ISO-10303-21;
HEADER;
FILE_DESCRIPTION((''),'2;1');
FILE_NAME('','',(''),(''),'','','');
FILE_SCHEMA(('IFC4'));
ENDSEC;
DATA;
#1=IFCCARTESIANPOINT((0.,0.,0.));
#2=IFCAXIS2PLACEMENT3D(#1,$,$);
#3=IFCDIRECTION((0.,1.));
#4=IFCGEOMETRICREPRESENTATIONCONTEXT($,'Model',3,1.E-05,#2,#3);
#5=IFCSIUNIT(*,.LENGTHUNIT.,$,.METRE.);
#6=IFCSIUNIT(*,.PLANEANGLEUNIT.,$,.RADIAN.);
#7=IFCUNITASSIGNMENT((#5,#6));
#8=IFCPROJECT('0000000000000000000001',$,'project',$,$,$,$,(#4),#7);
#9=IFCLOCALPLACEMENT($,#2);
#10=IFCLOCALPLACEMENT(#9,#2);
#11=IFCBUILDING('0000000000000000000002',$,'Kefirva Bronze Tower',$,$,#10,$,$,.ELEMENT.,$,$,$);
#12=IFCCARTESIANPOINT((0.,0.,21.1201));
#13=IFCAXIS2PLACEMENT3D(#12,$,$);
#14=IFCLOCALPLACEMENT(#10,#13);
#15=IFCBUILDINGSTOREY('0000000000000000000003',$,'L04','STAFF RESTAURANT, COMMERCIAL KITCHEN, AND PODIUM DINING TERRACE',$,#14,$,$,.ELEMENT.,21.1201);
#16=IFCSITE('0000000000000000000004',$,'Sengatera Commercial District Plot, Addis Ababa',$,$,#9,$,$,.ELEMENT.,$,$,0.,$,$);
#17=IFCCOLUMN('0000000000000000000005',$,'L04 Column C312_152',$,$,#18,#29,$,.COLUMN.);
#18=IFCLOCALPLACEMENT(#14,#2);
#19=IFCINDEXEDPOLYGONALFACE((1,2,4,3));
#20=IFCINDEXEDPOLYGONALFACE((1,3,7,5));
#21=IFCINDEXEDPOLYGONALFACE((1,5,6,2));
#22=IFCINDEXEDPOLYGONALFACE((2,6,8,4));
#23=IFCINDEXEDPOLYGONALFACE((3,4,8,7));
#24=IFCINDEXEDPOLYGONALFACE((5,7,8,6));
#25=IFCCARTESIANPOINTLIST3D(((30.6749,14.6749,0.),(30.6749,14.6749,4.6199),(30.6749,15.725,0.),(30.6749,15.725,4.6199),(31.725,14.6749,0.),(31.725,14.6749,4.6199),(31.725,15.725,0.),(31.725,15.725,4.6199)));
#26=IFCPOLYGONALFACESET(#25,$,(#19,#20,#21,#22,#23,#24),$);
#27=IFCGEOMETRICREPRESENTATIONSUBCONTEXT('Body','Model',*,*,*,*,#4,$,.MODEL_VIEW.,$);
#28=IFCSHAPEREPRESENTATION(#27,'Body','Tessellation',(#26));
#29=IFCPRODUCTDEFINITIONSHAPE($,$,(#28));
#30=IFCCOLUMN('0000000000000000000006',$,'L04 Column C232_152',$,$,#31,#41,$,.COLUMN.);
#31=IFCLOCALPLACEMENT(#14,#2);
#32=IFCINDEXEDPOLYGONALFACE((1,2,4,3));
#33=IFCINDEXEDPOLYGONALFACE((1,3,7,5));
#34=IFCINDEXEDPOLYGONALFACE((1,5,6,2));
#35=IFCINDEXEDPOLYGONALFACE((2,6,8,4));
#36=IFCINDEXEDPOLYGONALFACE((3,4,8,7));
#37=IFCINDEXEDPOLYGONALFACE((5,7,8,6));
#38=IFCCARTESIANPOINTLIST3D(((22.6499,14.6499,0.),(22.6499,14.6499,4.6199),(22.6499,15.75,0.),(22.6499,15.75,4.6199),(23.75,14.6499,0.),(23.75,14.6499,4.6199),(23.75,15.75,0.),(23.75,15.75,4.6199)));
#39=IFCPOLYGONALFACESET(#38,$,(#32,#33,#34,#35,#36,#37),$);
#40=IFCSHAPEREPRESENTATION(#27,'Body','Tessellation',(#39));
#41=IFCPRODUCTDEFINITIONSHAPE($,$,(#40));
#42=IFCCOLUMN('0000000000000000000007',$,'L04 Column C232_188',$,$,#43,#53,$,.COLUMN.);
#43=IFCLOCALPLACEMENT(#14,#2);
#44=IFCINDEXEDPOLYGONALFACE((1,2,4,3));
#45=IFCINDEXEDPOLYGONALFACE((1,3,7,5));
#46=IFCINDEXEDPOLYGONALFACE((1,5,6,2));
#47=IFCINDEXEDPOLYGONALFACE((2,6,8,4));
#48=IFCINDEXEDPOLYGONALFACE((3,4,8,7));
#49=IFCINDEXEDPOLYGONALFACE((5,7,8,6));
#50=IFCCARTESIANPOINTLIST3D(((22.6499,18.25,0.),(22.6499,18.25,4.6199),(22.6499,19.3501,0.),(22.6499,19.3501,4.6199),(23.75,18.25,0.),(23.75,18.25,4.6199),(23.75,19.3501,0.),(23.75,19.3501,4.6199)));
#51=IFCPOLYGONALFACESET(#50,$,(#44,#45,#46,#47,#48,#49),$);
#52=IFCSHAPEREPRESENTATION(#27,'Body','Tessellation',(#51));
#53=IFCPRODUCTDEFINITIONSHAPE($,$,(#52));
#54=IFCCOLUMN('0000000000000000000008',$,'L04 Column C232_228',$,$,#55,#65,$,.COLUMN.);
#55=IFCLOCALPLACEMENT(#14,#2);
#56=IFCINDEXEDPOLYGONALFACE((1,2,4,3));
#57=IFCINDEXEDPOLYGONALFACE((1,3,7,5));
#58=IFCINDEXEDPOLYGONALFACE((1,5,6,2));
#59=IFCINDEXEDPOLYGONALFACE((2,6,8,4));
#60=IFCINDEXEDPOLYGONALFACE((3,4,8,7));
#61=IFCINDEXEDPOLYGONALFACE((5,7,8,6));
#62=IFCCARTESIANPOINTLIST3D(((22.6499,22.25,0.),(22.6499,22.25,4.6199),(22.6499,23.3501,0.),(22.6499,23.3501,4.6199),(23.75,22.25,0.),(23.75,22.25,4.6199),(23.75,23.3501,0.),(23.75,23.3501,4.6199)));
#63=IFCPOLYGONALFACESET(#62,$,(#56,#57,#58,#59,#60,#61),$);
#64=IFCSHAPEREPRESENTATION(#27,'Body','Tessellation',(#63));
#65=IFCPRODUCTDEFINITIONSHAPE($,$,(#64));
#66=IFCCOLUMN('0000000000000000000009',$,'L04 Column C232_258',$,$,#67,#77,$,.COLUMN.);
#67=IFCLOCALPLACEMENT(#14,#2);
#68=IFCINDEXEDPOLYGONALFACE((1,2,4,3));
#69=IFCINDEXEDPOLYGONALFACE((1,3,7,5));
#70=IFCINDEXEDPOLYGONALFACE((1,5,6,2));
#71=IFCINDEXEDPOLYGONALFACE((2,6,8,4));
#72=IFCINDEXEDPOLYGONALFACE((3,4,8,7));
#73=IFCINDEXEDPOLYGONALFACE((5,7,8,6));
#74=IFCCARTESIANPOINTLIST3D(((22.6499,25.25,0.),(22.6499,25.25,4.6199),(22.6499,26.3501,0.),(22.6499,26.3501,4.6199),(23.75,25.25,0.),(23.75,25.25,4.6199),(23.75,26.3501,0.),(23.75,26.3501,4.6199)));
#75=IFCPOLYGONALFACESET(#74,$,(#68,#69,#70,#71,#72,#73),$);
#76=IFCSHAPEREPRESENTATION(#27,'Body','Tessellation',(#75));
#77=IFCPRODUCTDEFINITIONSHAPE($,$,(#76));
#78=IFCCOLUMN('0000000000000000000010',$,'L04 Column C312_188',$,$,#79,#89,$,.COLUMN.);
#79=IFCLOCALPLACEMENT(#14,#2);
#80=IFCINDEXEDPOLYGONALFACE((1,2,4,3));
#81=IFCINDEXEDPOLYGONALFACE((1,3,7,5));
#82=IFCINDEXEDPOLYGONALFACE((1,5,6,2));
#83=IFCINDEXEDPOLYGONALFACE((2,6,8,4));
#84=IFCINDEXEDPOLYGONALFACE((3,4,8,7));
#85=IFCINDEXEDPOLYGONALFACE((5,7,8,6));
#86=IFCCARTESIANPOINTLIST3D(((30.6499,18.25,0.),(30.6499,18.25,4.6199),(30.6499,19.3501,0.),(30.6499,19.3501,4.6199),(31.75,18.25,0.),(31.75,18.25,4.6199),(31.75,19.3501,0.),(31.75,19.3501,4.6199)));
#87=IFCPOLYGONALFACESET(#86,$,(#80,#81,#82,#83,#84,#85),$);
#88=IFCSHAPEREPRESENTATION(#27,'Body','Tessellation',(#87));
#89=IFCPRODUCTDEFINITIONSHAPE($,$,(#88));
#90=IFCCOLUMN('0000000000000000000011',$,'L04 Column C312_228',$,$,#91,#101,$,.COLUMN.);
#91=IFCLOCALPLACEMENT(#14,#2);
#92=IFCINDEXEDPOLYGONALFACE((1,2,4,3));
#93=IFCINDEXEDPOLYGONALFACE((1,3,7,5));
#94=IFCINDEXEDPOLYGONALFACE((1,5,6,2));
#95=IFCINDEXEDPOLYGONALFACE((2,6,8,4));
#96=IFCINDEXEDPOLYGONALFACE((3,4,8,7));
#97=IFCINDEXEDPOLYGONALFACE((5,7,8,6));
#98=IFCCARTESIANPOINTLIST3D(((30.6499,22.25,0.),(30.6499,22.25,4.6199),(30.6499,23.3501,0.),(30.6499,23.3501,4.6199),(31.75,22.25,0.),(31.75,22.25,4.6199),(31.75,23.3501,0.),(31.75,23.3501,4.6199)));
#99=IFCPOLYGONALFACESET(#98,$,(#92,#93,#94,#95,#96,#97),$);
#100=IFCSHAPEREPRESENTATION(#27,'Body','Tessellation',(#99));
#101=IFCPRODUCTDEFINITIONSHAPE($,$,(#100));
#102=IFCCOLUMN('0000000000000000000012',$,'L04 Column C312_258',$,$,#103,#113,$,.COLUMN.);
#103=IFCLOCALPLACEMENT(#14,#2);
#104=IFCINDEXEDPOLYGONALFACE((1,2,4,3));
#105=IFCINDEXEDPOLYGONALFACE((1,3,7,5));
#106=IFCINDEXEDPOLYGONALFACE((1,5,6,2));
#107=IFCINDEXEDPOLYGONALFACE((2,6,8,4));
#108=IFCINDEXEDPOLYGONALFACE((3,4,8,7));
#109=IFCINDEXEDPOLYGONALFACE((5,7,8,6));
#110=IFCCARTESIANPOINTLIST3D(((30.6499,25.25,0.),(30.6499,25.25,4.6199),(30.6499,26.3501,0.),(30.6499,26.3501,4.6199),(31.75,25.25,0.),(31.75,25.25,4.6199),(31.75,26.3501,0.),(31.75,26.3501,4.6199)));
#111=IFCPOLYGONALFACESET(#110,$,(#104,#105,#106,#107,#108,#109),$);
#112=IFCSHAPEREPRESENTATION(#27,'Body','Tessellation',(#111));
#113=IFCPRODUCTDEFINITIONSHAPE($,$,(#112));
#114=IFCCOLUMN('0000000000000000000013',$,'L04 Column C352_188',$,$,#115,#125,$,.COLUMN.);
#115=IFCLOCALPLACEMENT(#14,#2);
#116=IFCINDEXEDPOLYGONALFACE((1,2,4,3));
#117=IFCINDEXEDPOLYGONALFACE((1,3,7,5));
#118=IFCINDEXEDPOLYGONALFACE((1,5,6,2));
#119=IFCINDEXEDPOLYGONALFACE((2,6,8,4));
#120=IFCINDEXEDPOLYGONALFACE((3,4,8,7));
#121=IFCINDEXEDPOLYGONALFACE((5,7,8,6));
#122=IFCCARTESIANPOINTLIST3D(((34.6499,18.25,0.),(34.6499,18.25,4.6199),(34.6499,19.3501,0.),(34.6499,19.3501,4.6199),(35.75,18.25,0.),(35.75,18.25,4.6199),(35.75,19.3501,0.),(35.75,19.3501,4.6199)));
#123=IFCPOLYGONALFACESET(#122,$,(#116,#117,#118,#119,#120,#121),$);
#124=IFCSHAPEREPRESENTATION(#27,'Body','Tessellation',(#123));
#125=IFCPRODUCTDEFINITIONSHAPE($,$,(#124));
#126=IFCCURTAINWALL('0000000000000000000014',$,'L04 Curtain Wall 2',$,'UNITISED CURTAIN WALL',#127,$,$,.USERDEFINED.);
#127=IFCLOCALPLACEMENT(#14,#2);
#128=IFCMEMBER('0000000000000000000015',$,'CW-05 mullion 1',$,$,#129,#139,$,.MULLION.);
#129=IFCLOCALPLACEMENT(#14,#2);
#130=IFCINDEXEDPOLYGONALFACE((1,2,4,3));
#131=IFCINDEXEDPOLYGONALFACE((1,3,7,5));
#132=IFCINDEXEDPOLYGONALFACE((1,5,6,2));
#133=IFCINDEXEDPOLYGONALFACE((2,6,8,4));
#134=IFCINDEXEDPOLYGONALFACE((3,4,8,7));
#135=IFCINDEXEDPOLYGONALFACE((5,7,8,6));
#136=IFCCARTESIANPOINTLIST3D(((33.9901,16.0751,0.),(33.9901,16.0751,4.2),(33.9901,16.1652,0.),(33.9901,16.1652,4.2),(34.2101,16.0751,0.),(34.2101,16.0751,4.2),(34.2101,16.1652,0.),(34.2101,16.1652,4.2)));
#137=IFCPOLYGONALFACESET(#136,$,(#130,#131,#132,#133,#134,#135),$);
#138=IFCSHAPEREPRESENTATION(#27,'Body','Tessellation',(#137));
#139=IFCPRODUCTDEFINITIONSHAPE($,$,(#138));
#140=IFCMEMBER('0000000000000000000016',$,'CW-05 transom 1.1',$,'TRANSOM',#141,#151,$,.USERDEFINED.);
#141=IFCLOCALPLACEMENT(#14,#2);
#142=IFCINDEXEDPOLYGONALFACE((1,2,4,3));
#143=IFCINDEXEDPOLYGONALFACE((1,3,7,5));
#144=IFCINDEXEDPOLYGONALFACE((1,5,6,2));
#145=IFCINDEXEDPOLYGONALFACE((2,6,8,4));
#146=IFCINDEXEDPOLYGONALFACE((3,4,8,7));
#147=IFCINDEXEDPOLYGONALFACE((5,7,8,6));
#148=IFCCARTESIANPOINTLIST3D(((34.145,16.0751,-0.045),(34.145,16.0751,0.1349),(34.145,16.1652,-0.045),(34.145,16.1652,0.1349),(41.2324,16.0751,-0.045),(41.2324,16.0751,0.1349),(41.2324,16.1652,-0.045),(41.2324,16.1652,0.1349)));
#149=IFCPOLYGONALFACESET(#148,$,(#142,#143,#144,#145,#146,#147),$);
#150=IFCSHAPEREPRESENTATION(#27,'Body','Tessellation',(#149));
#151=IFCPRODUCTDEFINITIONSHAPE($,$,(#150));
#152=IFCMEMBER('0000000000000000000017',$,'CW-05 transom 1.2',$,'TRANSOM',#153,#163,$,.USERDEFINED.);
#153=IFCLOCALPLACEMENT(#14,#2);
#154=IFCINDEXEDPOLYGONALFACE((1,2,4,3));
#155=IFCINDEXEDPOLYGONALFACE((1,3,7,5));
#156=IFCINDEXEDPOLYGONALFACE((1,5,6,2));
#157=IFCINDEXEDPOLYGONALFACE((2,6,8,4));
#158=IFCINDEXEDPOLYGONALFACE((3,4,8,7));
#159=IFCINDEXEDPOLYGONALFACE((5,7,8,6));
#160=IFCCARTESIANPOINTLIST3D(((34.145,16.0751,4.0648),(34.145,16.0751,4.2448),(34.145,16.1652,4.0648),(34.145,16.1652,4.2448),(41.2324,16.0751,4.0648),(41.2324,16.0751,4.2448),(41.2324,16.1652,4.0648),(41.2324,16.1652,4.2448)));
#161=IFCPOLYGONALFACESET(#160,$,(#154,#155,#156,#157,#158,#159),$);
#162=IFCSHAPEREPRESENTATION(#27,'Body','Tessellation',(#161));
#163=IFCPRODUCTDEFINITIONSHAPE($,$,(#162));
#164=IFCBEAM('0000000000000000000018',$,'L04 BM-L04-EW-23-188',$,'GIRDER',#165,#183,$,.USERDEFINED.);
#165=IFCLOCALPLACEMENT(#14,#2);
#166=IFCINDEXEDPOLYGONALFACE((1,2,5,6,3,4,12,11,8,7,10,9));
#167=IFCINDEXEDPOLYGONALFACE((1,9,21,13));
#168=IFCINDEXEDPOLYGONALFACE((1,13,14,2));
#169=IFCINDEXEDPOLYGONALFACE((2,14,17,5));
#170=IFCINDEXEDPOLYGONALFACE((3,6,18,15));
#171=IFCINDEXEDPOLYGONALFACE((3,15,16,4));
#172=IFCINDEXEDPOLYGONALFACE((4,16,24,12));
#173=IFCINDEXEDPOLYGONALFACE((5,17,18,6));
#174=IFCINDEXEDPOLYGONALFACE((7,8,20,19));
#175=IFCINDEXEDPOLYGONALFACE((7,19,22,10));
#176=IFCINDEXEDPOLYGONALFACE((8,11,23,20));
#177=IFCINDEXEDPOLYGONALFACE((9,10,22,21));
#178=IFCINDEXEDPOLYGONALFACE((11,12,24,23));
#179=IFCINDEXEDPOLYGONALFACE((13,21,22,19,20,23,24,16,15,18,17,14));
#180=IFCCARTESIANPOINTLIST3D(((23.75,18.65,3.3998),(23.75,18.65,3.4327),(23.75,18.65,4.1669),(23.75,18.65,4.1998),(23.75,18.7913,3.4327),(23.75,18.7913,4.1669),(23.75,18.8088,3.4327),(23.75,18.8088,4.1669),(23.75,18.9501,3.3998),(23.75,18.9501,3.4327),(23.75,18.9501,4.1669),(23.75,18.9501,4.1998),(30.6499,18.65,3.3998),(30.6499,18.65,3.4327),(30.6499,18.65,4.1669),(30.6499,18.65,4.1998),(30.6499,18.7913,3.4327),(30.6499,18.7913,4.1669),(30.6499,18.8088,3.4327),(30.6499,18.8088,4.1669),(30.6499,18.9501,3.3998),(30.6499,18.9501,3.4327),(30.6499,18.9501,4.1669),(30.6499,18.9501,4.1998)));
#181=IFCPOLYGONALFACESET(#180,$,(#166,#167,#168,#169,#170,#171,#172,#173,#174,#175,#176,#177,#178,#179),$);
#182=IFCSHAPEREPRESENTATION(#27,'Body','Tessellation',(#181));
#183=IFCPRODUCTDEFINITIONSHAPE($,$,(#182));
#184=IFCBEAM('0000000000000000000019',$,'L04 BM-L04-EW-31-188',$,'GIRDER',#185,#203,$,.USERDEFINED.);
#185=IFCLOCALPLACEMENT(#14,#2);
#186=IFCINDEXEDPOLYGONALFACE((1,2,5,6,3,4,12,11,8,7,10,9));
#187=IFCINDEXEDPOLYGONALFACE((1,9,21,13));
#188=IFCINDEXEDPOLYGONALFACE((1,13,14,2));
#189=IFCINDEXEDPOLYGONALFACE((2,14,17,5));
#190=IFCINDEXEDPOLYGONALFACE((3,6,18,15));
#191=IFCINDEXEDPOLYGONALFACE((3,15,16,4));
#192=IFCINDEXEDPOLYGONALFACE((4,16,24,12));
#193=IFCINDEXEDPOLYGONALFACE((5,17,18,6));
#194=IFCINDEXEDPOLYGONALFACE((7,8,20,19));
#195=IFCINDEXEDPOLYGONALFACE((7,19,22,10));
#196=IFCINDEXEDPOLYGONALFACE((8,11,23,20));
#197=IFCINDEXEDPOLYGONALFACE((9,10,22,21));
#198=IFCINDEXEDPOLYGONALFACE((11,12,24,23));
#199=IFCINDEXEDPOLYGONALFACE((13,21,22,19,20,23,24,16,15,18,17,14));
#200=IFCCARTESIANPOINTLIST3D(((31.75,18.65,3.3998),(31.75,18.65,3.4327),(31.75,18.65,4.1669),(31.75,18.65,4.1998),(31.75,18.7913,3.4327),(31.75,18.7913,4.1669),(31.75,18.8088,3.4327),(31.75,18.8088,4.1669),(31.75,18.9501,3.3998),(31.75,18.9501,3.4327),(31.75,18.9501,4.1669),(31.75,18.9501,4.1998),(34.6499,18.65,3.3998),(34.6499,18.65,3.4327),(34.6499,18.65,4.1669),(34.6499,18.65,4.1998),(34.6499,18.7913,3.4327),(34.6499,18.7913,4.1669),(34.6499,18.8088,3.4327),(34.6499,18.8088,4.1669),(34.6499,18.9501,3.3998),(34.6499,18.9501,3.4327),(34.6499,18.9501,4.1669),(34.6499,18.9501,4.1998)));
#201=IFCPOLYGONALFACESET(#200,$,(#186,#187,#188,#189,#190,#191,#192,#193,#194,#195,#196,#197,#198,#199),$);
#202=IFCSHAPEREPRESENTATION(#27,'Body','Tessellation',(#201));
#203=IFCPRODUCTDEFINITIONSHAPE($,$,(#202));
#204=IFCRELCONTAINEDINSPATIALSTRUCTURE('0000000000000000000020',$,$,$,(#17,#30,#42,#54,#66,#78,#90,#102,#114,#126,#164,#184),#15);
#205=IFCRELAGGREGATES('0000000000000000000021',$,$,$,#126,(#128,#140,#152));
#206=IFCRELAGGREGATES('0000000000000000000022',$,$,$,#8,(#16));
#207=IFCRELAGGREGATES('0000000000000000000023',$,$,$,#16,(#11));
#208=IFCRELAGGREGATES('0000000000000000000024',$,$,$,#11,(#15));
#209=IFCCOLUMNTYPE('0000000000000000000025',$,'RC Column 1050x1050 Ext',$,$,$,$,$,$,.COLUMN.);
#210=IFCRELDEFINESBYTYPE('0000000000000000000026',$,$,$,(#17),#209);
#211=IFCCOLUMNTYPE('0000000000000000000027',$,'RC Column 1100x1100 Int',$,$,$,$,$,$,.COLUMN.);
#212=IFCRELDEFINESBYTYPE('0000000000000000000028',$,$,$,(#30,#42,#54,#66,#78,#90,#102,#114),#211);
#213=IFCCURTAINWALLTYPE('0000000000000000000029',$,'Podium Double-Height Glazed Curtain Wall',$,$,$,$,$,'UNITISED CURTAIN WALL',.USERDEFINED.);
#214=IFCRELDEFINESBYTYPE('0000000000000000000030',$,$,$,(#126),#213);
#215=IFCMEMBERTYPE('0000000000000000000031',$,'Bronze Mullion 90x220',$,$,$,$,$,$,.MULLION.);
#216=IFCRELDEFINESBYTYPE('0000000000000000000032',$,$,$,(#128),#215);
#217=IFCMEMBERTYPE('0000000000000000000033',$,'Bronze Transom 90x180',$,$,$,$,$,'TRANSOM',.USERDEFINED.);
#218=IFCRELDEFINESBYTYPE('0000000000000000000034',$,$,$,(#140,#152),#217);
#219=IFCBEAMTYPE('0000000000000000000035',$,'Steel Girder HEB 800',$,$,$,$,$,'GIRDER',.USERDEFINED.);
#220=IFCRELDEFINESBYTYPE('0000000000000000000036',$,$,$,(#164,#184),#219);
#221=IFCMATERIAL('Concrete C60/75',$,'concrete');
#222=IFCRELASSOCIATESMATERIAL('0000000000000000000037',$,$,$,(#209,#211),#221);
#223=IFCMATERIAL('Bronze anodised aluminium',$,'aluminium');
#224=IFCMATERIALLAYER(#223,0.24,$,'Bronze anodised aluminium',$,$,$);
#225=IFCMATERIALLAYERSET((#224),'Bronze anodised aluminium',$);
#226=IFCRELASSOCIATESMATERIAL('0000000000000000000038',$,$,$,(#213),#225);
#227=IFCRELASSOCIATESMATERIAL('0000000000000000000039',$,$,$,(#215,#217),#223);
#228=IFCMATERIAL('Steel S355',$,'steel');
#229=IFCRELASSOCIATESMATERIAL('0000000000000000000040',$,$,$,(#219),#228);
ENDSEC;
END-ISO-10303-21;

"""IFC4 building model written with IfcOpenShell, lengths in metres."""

from ifc_helpers import new_model, si_unit, direction, frame, origin, origin_2d, place, context, subcontext, project, spatial, rectangle, i_section, extrude, material, layer, layer_set, material_profile, profile_set, type_object, element, aggregate, save


model = new_model("IFC4")

# Units and contexts
model_context = context("Model", 3, precision=1e-05, world=origin(), true_north=direction((0.0, 1.0)))
body_context = subcontext(model_context, "Body", "Model", "MODEL_VIEW")
ifc_project = project(units=[si_unit("LENGTHUNIT", "METRE"), si_unit("PLANEANGLEUNIT", "RADIAN")], contexts=[model_context])

# Site, building, storey
site_placement = place(None, origin())
site = spatial("IfcSite", under=ifc_project, at=site_placement, Name="Sengatera Commercial District Plot, Addis Ababa", CompositionType="ELEMENT", RefElevation=0.0)
building_placement = place(site_placement, origin())
building = spatial("IfcBuilding", under=site, at=building_placement, Name="Kefirva Bronze Tower", CompositionType="ELEMENT")
storey_placement = place(building_placement, frame((0.0, 0.0, 21.1201)))
storey = spatial("IfcBuildingStorey", under=building, at=storey_placement, Name="L04", Description="STAFF RESTAURANT, COMMERCIAL KITCHEN, AND PODIUM DINING TERRACE", CompositionType="ELEMENT", Elevation=21.1201)

# Columns
ifc_material_1 = material(Name="Concrete C60/75", Category="concrete")
ifc_material_profile_1 = material_profile(ifc_material_1, rectangle(XDim=1.05, YDim=1.05, at=origin_2d()), Name="RC 1050x1050")
ifc_profile_set_1 = profile_set([ifc_material_profile_1], Name="Concrete C60/75")
column_type_1 = type_object("IfcColumnType", Name="RC Column 1050x1050 Ext", PredefinedType="COLUMN", material=ifc_profile_set_1)
column_placement = place(storey_placement, frame((31.2, 15.2, 0.0), z_axis=(0.0, 0.0, 1.0), x_axis=(1.0, 0.0, 0.0)))
element("IfcColumn", 1, at=column_placement, inside=storey, type_object=column_type_1, Name="L04 Column C312_152", PredefinedType="COLUMN", context=body_context, shape_type="SweptSolid", body=[
    extrude(rectangle(XDim=1.05, YDim=1.05, at=origin_2d()), origin(), (0.0, 0.0, 1.0), 4.6199),
])
ifc_material_profile_2 = material_profile(ifc_material_1, rectangle(XDim=1.1001, YDim=1.1001, at=origin_2d()), Name="RC 1100x1100")
ifc_profile_set_2 = profile_set([ifc_material_profile_2], Name="Concrete C60/75")
column_type_2 = type_object("IfcColumnType", Name="RC Column 1100x1100 Int", PredefinedType="COLUMN", material=ifc_profile_set_2)
for number, where, z_axis, x_axis, name in (
    (2, (23.2, 15.2, 0.0), (0.0, 0.0, 1.0), (1.0, 0.0, 0.0), "L04 Column C232_152"),
    (3, (23.2, 18.8, 0.0), (0.0, 0.0, 1.0), (1.0, 0.0, 0.0), "L04 Column C232_188"),
    (4, (23.2, 22.8, 0.0), (0.0, 0.0, 1.0), (1.0, 0.0, 0.0), "L04 Column C232_228"),
    (5, (23.2, 25.8, 0.0), (0.0, 0.0, 1.0), (1.0, 0.0, 0.0), "L04 Column C232_258"),
    (6, (31.2, 18.8, 0.0), (0.0, 0.0, 1.0), (1.0, 0.0, 0.0), "L04 Column C312_188"),
    (7, (31.2, 22.8, 0.0), (0.0, 0.0, 1.0), (1.0, 0.0, 0.0), "L04 Column C312_228"),
    (8, (31.2, 25.8, 0.0), (0.0, 0.0, 1.0), (1.0, 0.0, 0.0), "L04 Column C312_258"),
    (9, (35.2, 18.8, 0.0), (0.0, 0.0, 1.0), (1.0, 0.0, 0.0), "L04 Column C352_188"),
):
    element("IfcColumn", number, at=place(storey_placement, frame(where, z_axis=z_axis, x_axis=x_axis)), inside=storey, type_object=column_type_2, Name=name, PredefinedType="COLUMN", context=body_context, shape_type="SweptSolid", body=[
        extrude(rectangle(XDim=1.1001, YDim=1.1001, at=origin_2d()), origin(), (0.0, 0.0, 1.0), 4.6199),
    ])

# Curtain wall, members
ifc_material_2 = material(Name="Bronze anodised aluminium", Category="aluminium")
ifc_layer_1 = layer(ifc_material_2, 0.24, Name="Bronze anodised aluminium")
ifc_layer_set_1 = layer_set([ifc_layer_1], Name="Bronze anodised aluminium")
curtain_wall_type = type_object("IfcCurtainWallType", Name="Podium Double-Height Glazed Curtain Wall", ElementType="UNITISED CURTAIN WALL", PredefinedType="USERDEFINED", material=ifc_layer_set_1)
curtain_wall_placement = place(storey_placement, origin())
curtain_wall = element("IfcCurtainWall", 10, at=curtain_wall_placement, inside=storey, type_object=curtain_wall_type, Name="L04 Curtain Wall 2", ObjectType="UNITISED CURTAIN WALL", PredefinedType="USERDEFINED")
ifc_material_profile_3 = material_profile(ifc_material_2, rectangle(XDim=0.0901, YDim=0.22, at=origin_2d()), Name="ALU 90x220")
ifc_profile_set_3 = profile_set([ifc_material_profile_3], Name="Bronze anodised aluminium")
member_type_1 = type_object("IfcMemberType", Name="Bronze Mullion 90x220", PredefinedType="MULLION", material=ifc_profile_set_3)
member_1_placement = place(storey_placement, frame((34.1001, 16.1201, 0.0), z_axis=(0.0, 0.0, 1.0), x_axis=(0.0, 1.0, 0.0)))
member_1 = element("IfcMember", 11, at=member_1_placement, type_object=member_type_1, Name="CW-05 mullion 1", PredefinedType="MULLION", context=body_context, shape_type="SweptSolid", body=[
    extrude(rectangle(XDim=0.0901, YDim=0.22, at=origin_2d()), origin(), (0.0, 0.0, 1.0), 4.2),
])
ifc_material_profile_4 = material_profile(ifc_material_2, rectangle(XDim=0.0901, YDim=0.1799, at=origin_2d()), Name="ALU 90x180")
ifc_profile_set_4 = profile_set([ifc_material_profile_4], Name="Bronze anodised aluminium")
member_type_2 = type_object("IfcMemberType", Name="Bronze Transom 90x180", ElementType="TRANSOM", PredefinedType="USERDEFINED", material=ifc_profile_set_4)
member_2_placement = place(storey_placement, frame((34.145, 16.1201, 0.0449), z_axis=(1.0, 0.0, 0.0), x_axis=(0.0, 1.0, 0.0)))
member_2 = element("IfcMember", 12, at=member_2_placement, type_object=member_type_2, Name="CW-05 transom 1.1", ObjectType="TRANSOM", PredefinedType="USERDEFINED", context=body_context, shape_type="SweptSolid", body=[
    extrude(rectangle(XDim=0.0901, YDim=0.1799, at=origin_2d()), origin(), (0.0, 0.0, 1.0), 7.0874),
])
member_3_placement = place(storey_placement, frame((34.145, 16.1201, 4.1548), z_axis=(1.0, 0.0, 0.0), x_axis=(0.0, 1.0, 0.0)))
member_3 = element("IfcMember", 13, at=member_3_placement, type_object=member_type_2, Name="CW-05 transom 1.2", ObjectType="TRANSOM", PredefinedType="USERDEFINED", context=body_context, shape_type="SweptSolid", body=[
    extrude(rectangle(XDim=0.0901, YDim=0.1799, at=origin_2d()), origin(), (0.0, 0.0, 1.0), 7.0874),
])
aggregate(curtain_wall, [member_1, member_2, member_3])

# Beams
ifc_material_3 = material(Name="Steel S355", Category="steel")
ifc_material_profile_5 = material_profile(ifc_material_3, i_section(OverallWidth=0.3, OverallDepth=0.8, WebThickness=0.0176, FlangeThickness=0.033, at=origin_2d()), Name="HEB 800")
ifc_profile_set_5 = profile_set([ifc_material_profile_5], Name="Steel S355")
beam_type_1 = type_object("IfcBeamType", Name="Steel Girder HEB 800", ElementType="GIRDER", PredefinedType="USERDEFINED", material=ifc_profile_set_5)
beam_1_placement = place(storey_placement, frame((23.75, 18.8, 3.7998), z_axis=(1.0, 0.0, 0.0), x_axis=(0.0, 1.0, 0.0)))
element("IfcBeam", 14, at=beam_1_placement, inside=storey, type_object=beam_type_1, Name="L04 BM-L04-EW-23-188", ObjectType="GIRDER", PredefinedType="USERDEFINED", context=body_context, shape_type="SweptSolid", body=[
    extrude(i_section(OverallWidth=0.3, OverallDepth=0.8, WebThickness=0.0176, FlangeThickness=0.033, at=origin_2d()), origin(), (0.0, 0.0, 1.0), 6.8999),
])
beam_2_placement = place(storey_placement, frame((31.75, 18.8, 3.7998), z_axis=(1.0, 0.0, 0.0), x_axis=(0.0, 1.0, 0.0)))
element("IfcBeam", 15, at=beam_2_placement, inside=storey, type_object=beam_type_1, Name="L04 BM-L04-EW-31-188", ObjectType="GIRDER", PredefinedType="USERDEFINED", context=body_context, shape_type="SweptSolid", body=[
    extrude(i_section(OverallWidth=0.3, OverallDepth=0.8, WebThickness=0.0176, FlangeThickness=0.033, at=origin_2d()), origin(), (0.0, 0.0, 1.0), 2.8999),
])

save(model, "model.ifc")
